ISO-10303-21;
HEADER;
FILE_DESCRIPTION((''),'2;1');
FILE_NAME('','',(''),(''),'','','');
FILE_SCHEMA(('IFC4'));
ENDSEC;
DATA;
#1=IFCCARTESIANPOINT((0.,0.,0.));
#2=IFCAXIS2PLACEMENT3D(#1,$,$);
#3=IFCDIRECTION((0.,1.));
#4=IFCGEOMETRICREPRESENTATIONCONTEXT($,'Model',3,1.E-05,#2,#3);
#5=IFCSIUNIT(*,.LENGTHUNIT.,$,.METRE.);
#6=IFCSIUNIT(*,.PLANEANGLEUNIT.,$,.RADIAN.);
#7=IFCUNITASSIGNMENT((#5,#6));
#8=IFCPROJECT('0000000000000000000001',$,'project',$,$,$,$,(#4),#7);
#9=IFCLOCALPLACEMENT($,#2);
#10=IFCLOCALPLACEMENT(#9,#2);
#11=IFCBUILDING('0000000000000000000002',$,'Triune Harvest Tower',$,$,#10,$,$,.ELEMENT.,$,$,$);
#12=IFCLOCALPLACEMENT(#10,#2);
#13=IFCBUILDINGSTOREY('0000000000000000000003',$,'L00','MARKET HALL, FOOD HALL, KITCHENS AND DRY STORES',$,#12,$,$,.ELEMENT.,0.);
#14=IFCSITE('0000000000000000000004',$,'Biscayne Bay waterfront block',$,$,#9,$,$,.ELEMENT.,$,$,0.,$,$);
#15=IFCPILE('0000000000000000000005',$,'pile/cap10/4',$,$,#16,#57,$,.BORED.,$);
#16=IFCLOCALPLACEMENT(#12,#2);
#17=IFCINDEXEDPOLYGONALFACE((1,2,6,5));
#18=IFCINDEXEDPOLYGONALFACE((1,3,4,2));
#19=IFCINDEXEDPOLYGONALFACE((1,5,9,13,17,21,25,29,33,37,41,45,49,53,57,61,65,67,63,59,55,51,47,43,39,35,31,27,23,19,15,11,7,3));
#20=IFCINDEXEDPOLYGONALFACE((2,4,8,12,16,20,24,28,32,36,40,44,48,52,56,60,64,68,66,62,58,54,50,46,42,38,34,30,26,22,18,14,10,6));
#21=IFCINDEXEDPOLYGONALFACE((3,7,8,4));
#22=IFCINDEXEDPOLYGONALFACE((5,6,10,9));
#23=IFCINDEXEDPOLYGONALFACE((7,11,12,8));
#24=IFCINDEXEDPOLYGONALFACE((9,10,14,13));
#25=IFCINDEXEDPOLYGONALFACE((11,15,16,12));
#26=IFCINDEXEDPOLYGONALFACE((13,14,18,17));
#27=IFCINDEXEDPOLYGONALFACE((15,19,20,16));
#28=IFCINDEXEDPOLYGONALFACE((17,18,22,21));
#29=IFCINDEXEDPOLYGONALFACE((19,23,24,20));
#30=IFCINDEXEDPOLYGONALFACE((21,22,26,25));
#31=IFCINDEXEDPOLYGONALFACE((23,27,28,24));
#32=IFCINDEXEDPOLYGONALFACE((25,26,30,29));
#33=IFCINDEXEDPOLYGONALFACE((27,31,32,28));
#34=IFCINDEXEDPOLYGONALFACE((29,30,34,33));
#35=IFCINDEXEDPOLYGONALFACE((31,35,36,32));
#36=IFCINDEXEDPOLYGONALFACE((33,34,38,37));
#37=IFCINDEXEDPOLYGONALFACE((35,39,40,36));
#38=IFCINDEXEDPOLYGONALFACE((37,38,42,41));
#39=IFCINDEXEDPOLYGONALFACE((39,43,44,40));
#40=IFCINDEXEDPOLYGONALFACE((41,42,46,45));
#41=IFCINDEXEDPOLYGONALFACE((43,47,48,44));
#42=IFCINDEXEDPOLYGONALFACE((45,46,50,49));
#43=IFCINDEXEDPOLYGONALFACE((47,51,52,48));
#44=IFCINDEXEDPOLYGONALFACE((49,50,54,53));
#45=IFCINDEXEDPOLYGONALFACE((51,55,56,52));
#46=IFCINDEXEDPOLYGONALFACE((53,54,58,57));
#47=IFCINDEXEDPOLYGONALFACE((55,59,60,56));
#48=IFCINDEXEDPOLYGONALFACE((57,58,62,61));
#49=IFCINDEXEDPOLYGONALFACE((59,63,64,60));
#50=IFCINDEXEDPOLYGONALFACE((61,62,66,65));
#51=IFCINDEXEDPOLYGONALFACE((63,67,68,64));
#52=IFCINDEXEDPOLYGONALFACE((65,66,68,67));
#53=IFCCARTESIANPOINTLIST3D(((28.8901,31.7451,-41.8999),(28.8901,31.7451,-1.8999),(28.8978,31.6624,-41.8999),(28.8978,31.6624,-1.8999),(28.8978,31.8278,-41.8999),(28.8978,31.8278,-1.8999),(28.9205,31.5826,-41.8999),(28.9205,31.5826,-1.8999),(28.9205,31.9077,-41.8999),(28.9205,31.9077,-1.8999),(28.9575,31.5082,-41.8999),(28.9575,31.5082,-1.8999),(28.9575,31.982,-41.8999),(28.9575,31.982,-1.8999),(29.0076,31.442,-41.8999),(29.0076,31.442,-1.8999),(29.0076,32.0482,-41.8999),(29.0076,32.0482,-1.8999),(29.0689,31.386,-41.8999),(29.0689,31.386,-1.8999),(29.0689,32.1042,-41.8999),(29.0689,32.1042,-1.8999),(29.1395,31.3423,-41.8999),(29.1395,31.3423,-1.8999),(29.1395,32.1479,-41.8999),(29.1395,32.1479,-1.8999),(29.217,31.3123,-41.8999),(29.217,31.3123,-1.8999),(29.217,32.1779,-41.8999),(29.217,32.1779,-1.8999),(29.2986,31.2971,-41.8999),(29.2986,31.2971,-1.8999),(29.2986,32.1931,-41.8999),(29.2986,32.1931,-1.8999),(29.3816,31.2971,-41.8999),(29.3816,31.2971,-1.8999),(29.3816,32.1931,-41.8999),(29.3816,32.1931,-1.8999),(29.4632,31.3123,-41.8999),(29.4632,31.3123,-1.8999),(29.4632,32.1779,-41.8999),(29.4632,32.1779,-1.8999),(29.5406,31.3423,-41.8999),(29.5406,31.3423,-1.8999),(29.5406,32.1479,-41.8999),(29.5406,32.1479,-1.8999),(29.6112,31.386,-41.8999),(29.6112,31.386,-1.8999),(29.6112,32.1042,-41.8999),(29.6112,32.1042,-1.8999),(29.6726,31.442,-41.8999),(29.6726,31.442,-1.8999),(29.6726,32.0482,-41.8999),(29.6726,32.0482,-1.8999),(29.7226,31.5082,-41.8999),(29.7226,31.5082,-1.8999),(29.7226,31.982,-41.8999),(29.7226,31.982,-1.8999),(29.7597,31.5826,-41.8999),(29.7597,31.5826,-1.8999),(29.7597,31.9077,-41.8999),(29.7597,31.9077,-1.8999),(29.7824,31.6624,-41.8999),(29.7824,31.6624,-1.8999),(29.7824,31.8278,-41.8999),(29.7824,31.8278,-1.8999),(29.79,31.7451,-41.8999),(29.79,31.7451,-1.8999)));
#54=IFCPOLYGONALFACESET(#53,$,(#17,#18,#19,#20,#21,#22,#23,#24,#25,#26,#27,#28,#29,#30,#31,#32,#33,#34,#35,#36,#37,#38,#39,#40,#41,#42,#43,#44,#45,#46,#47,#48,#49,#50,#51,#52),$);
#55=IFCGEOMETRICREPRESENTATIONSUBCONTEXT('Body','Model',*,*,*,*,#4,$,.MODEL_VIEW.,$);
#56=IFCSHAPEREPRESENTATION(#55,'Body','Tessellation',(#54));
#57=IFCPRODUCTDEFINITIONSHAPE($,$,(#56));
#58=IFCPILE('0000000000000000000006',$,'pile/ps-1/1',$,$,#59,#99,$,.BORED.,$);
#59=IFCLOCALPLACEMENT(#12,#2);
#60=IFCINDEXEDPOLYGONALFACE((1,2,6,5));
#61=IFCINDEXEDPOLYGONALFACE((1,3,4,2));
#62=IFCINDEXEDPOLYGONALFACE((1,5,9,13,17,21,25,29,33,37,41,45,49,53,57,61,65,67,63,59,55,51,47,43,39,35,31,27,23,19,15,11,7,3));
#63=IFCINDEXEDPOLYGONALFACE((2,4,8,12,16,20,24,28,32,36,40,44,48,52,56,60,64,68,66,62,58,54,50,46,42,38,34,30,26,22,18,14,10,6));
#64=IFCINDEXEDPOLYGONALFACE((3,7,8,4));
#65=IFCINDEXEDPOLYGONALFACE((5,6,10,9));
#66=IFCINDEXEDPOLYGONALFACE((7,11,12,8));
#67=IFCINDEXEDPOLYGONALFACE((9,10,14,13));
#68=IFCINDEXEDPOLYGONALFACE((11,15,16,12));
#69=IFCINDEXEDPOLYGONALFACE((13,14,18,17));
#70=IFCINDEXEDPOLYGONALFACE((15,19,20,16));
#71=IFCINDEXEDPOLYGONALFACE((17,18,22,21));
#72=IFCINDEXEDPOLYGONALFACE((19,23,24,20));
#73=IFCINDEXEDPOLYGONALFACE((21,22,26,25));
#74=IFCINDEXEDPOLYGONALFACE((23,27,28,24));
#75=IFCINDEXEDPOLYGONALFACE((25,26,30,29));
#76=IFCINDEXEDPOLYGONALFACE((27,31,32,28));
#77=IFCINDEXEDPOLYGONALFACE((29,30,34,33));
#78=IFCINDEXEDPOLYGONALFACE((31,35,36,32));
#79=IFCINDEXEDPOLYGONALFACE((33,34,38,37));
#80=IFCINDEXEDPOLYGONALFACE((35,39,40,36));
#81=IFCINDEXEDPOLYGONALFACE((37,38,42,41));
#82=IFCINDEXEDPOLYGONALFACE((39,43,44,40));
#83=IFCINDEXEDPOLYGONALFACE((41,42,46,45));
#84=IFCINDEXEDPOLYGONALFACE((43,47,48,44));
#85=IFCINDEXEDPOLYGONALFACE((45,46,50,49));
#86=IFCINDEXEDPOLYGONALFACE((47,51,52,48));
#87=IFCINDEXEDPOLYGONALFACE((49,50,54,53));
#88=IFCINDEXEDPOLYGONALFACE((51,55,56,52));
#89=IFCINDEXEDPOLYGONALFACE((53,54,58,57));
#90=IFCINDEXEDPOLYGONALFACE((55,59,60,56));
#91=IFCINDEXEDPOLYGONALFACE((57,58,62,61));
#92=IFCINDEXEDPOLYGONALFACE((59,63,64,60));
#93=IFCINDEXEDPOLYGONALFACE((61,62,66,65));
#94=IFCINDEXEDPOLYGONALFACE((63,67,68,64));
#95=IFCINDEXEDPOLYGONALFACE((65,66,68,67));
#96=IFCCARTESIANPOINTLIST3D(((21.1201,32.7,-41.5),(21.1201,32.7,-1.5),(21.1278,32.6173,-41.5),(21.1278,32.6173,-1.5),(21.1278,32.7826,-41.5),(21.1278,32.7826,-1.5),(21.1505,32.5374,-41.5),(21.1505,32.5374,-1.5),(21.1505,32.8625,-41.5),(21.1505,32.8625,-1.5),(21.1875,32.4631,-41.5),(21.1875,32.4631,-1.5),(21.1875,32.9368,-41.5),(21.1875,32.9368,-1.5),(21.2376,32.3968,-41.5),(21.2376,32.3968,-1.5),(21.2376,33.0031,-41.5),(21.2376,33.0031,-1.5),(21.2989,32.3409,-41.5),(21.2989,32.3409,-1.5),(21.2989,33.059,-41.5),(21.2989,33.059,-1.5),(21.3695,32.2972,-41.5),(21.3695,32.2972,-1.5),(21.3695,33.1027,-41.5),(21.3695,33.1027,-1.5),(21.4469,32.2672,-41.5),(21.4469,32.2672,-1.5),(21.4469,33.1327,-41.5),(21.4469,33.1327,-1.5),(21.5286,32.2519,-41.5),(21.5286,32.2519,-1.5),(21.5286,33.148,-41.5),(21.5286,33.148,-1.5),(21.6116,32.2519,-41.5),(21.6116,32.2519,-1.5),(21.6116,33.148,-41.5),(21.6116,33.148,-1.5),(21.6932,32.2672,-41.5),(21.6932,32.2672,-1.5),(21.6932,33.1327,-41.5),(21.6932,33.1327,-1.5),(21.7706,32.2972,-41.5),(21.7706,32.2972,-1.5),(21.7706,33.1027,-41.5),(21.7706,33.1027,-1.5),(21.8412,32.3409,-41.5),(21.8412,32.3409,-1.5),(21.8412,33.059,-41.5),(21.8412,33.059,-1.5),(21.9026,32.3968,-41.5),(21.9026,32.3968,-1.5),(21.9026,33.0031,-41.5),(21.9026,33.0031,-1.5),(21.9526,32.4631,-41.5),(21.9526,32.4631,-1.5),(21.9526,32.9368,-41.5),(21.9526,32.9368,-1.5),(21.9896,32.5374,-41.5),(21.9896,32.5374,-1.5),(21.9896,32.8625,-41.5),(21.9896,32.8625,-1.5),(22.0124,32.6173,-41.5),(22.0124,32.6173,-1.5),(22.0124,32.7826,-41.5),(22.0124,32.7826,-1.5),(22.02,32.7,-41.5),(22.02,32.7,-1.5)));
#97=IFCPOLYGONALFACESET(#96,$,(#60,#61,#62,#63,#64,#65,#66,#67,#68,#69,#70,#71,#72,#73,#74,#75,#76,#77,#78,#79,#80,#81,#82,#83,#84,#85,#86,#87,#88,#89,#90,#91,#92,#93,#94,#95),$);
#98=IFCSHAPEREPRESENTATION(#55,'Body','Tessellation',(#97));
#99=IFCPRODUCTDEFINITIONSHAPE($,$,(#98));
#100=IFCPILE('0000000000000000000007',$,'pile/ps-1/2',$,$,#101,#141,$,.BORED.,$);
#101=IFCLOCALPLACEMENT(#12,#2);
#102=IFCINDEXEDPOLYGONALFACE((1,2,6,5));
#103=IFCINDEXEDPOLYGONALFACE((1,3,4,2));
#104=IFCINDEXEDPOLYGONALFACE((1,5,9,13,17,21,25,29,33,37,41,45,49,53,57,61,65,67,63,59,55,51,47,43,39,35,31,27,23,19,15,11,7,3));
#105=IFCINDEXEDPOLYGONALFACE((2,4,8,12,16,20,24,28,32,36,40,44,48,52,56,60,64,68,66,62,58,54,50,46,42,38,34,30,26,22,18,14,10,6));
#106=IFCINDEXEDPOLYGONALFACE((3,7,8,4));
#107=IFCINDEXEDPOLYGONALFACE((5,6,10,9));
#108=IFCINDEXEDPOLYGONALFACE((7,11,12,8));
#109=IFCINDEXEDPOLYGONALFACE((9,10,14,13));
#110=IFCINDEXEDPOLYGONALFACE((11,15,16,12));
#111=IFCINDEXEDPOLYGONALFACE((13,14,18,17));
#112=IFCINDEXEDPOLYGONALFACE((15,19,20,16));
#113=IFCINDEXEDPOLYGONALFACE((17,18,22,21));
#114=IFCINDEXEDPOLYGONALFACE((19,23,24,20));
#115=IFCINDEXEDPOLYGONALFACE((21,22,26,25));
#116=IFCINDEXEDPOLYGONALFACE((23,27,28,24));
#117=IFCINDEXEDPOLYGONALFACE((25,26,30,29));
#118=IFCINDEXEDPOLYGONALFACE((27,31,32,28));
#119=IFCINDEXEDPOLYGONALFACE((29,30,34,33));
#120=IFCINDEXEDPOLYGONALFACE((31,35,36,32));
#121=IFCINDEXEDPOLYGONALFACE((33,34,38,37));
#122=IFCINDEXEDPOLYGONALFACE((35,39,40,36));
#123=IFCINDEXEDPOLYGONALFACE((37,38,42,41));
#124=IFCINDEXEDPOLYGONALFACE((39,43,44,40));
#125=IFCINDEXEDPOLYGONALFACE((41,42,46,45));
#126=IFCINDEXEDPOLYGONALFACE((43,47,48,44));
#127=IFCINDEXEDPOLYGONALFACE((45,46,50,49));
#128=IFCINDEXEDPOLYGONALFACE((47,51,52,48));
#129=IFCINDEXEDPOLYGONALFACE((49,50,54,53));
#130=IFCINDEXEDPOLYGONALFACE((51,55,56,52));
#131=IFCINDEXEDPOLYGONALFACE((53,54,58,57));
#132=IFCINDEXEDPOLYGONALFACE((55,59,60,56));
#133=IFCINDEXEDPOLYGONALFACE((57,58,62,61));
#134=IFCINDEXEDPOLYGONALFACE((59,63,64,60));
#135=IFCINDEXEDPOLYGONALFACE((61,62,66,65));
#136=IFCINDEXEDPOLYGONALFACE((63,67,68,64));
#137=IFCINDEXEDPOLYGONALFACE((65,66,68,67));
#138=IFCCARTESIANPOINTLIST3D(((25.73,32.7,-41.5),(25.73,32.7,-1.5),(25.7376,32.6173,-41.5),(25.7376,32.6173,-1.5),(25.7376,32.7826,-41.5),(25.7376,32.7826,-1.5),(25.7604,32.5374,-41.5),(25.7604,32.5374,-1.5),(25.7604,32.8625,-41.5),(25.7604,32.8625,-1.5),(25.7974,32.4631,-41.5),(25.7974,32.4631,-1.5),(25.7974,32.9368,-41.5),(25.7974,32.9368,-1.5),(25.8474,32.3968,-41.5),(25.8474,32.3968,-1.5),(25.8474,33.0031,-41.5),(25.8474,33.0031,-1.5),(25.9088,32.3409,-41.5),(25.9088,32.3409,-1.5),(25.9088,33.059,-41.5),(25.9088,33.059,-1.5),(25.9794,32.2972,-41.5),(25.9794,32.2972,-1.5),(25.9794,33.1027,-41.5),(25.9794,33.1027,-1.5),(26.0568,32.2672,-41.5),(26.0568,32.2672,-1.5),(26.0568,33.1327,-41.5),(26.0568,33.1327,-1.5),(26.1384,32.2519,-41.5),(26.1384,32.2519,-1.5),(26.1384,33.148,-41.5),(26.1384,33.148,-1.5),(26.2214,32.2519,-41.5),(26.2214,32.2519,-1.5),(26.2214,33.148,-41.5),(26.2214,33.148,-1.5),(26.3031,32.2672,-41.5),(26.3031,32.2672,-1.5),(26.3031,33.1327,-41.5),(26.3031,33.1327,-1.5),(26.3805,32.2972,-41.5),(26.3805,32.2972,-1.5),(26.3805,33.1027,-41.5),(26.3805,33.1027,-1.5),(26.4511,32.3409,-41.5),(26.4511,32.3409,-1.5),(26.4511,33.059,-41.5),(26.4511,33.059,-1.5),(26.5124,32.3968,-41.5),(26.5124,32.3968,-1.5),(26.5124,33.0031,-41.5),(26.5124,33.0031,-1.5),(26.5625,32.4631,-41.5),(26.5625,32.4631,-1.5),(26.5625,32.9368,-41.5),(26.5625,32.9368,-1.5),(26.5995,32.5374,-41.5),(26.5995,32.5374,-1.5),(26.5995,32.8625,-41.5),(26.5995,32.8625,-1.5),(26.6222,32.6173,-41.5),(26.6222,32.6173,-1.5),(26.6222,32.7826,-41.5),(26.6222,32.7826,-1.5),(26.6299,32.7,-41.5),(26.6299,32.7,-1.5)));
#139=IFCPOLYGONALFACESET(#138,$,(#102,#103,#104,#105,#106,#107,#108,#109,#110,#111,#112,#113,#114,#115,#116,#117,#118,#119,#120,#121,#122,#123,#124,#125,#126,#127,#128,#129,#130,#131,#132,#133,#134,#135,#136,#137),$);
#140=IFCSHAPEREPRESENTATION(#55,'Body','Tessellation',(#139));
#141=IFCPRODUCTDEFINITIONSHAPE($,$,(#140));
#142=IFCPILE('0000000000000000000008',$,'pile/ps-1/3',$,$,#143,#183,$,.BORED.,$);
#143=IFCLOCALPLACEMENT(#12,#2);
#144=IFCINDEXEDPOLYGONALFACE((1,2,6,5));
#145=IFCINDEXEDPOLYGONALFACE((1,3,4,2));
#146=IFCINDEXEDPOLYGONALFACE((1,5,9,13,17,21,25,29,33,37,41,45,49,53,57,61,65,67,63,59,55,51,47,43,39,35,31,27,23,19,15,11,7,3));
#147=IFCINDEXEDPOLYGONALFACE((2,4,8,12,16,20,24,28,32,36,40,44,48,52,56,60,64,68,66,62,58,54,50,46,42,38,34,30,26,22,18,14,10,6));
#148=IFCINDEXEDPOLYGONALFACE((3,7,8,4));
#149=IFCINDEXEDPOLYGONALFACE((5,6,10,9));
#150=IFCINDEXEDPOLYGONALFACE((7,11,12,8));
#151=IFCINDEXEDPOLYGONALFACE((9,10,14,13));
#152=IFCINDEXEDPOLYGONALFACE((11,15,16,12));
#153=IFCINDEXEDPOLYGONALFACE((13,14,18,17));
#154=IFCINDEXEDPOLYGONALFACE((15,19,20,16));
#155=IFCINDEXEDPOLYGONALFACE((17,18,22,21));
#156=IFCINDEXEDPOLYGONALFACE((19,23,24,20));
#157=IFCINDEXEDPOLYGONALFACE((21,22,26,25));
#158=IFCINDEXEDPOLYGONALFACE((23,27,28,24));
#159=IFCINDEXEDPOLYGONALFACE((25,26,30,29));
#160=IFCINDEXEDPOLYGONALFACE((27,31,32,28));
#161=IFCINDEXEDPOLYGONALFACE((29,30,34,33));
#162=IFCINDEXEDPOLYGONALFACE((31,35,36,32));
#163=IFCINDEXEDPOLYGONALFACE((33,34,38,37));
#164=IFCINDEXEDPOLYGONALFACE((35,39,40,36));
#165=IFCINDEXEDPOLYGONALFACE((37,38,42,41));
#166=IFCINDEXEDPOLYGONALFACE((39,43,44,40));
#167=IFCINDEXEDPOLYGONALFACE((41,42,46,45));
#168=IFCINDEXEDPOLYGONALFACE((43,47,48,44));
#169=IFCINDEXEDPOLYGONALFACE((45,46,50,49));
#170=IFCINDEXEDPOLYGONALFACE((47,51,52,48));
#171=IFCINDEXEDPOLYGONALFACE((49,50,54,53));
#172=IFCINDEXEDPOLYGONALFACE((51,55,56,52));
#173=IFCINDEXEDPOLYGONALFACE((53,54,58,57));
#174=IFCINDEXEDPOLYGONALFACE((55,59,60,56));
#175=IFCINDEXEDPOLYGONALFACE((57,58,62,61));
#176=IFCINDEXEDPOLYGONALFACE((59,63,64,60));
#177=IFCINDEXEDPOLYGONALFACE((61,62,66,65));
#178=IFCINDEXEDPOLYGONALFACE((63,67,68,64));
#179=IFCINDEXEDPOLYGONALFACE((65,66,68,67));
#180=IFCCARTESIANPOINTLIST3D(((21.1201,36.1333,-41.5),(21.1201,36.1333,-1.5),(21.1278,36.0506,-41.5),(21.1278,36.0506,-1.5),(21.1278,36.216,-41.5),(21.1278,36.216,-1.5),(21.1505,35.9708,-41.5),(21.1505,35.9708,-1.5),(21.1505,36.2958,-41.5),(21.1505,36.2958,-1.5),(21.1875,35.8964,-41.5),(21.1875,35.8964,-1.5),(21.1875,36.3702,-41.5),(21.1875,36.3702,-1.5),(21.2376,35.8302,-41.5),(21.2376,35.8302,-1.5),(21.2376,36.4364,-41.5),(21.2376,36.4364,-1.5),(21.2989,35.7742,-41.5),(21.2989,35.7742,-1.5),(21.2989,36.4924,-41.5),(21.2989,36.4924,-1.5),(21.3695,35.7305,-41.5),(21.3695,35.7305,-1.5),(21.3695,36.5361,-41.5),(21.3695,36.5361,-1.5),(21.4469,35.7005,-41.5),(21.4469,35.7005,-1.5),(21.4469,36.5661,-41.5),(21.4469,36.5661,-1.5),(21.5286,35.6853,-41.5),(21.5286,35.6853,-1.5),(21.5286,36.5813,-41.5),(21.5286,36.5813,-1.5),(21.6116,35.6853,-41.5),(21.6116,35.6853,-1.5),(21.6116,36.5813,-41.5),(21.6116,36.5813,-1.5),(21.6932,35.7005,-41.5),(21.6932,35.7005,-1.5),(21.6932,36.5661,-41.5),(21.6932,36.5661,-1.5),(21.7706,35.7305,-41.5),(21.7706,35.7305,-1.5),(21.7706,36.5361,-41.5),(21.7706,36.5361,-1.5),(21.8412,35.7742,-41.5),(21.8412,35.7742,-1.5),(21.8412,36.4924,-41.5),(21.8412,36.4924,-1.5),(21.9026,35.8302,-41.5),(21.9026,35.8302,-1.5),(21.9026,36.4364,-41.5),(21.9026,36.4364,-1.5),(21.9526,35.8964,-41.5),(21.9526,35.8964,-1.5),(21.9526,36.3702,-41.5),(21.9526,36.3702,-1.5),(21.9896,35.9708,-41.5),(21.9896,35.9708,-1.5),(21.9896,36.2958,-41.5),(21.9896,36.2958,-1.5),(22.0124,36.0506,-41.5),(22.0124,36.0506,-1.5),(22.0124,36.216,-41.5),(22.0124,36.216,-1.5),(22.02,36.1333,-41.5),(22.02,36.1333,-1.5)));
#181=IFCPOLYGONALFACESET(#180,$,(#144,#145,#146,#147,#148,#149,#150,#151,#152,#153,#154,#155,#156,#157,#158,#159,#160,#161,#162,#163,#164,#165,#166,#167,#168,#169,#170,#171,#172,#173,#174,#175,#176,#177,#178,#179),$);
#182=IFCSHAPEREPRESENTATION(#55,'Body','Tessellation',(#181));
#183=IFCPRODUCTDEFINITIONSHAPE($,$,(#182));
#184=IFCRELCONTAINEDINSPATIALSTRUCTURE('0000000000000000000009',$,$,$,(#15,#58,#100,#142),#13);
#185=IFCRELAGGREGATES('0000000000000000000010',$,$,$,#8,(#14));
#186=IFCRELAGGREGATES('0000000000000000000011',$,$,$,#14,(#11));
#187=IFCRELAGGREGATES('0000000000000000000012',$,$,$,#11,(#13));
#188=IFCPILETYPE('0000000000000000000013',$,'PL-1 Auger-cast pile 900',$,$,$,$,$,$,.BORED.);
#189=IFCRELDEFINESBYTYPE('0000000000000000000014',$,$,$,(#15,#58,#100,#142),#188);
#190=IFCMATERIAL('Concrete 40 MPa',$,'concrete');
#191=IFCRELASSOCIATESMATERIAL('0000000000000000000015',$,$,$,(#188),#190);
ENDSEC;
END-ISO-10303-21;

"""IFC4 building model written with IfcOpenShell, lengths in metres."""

from ifc_helpers import new_model, si_unit, direction, frame, origin, origin_2d, place, context, subcontext, project, spatial, circle, extrude, source, transform, mapped, material, material_profile, profile_set, type_object, element, save


model = new_model("IFC4")

# Units and contexts
model_context = context("Model", 3, precision=1e-05, world=origin(), true_north=direction((0.0, 1.0)))
body_context = subcontext(model_context, "Body", "Model", "MODEL_VIEW")
ifc_project = project(units=[si_unit("LENGTHUNIT", "METRE"), si_unit("PLANEANGLEUNIT", "RADIAN")], contexts=[model_context])

# Site, building, storey
site_placement = place(None, origin())
site = spatial("IfcSite", under=ifc_project, at=site_placement, Name="Biscayne Bay waterfront block", CompositionType="ELEMENT", RefElevation=0.0)
building_placement = place(site_placement, origin())
building = spatial("IfcBuilding", under=site, at=building_placement, Name="Triune Harvest Tower", CompositionType="ELEMENT")
storey_placement = place(building_placement, origin())
storey = spatial("IfcBuildingStorey", under=building, at=storey_placement, Name="L00", Description="MARKET HALL, FOOD HALL, KITCHENS AND DRY STORES", CompositionType="ELEMENT", Elevation=0.0)

# Piles
ifc_material_1 = material(Name="Concrete 40 MPa", Category="concrete")
ifc_material_profile_1 = material_profile(ifc_material_1, circle(Radius=0.45, at=origin_2d()), Name="Bored 900")
ifc_profile_set_1 = profile_set([ifc_material_profile_1], Name="Concrete 40 MPa")
pile_type = type_object("IfcPileType", Name="PL-1 Auger-cast pile 900", PredefinedType="BORED", material=ifc_profile_set_1)
shared_shape_1 = source(origin(), body_context, "Body", "SweptSolid", [
    extrude(circle(Radius=0.45, at=origin_2d()), origin(), (0.0, 0.0, 1.0), 40.0),
])
for number, where, z_axis, x_axis, name in (
    (1, (29.3401, 31.7451, -1.8999), (0.0, 0.0, -1.0), (1.0, 0.0, 0.0), "pile/cap10/4"),
    (2, (21.5701, 32.7, -1.5), (0.0, 0.0, -1.0), (1.0, 0.0, 0.0), "pile/ps-1/1"),
    (3, (26.1799, 32.7, -1.5), (0.0, 0.0, -1.0), (1.0, 0.0, 0.0), "pile/ps-1/2"),
    (4, (21.5701, 36.1333, -1.5), (0.0, 0.0, -1.0), (1.0, 0.0, 0.0), "pile/ps-1/3"),
):
    element("IfcPile", number, at=place(storey_placement, frame(where, z_axis=z_axis, x_axis=x_axis)), inside=storey, type_object=pile_type, Name=name, PredefinedType="BORED", context=body_context, shape_type="MappedRepresentation", body=[
        mapped(shared_shape_1, transform((0.0, 0.0, 0.0), scale=1.0)),
    ])

save(model, "model.ifc")
